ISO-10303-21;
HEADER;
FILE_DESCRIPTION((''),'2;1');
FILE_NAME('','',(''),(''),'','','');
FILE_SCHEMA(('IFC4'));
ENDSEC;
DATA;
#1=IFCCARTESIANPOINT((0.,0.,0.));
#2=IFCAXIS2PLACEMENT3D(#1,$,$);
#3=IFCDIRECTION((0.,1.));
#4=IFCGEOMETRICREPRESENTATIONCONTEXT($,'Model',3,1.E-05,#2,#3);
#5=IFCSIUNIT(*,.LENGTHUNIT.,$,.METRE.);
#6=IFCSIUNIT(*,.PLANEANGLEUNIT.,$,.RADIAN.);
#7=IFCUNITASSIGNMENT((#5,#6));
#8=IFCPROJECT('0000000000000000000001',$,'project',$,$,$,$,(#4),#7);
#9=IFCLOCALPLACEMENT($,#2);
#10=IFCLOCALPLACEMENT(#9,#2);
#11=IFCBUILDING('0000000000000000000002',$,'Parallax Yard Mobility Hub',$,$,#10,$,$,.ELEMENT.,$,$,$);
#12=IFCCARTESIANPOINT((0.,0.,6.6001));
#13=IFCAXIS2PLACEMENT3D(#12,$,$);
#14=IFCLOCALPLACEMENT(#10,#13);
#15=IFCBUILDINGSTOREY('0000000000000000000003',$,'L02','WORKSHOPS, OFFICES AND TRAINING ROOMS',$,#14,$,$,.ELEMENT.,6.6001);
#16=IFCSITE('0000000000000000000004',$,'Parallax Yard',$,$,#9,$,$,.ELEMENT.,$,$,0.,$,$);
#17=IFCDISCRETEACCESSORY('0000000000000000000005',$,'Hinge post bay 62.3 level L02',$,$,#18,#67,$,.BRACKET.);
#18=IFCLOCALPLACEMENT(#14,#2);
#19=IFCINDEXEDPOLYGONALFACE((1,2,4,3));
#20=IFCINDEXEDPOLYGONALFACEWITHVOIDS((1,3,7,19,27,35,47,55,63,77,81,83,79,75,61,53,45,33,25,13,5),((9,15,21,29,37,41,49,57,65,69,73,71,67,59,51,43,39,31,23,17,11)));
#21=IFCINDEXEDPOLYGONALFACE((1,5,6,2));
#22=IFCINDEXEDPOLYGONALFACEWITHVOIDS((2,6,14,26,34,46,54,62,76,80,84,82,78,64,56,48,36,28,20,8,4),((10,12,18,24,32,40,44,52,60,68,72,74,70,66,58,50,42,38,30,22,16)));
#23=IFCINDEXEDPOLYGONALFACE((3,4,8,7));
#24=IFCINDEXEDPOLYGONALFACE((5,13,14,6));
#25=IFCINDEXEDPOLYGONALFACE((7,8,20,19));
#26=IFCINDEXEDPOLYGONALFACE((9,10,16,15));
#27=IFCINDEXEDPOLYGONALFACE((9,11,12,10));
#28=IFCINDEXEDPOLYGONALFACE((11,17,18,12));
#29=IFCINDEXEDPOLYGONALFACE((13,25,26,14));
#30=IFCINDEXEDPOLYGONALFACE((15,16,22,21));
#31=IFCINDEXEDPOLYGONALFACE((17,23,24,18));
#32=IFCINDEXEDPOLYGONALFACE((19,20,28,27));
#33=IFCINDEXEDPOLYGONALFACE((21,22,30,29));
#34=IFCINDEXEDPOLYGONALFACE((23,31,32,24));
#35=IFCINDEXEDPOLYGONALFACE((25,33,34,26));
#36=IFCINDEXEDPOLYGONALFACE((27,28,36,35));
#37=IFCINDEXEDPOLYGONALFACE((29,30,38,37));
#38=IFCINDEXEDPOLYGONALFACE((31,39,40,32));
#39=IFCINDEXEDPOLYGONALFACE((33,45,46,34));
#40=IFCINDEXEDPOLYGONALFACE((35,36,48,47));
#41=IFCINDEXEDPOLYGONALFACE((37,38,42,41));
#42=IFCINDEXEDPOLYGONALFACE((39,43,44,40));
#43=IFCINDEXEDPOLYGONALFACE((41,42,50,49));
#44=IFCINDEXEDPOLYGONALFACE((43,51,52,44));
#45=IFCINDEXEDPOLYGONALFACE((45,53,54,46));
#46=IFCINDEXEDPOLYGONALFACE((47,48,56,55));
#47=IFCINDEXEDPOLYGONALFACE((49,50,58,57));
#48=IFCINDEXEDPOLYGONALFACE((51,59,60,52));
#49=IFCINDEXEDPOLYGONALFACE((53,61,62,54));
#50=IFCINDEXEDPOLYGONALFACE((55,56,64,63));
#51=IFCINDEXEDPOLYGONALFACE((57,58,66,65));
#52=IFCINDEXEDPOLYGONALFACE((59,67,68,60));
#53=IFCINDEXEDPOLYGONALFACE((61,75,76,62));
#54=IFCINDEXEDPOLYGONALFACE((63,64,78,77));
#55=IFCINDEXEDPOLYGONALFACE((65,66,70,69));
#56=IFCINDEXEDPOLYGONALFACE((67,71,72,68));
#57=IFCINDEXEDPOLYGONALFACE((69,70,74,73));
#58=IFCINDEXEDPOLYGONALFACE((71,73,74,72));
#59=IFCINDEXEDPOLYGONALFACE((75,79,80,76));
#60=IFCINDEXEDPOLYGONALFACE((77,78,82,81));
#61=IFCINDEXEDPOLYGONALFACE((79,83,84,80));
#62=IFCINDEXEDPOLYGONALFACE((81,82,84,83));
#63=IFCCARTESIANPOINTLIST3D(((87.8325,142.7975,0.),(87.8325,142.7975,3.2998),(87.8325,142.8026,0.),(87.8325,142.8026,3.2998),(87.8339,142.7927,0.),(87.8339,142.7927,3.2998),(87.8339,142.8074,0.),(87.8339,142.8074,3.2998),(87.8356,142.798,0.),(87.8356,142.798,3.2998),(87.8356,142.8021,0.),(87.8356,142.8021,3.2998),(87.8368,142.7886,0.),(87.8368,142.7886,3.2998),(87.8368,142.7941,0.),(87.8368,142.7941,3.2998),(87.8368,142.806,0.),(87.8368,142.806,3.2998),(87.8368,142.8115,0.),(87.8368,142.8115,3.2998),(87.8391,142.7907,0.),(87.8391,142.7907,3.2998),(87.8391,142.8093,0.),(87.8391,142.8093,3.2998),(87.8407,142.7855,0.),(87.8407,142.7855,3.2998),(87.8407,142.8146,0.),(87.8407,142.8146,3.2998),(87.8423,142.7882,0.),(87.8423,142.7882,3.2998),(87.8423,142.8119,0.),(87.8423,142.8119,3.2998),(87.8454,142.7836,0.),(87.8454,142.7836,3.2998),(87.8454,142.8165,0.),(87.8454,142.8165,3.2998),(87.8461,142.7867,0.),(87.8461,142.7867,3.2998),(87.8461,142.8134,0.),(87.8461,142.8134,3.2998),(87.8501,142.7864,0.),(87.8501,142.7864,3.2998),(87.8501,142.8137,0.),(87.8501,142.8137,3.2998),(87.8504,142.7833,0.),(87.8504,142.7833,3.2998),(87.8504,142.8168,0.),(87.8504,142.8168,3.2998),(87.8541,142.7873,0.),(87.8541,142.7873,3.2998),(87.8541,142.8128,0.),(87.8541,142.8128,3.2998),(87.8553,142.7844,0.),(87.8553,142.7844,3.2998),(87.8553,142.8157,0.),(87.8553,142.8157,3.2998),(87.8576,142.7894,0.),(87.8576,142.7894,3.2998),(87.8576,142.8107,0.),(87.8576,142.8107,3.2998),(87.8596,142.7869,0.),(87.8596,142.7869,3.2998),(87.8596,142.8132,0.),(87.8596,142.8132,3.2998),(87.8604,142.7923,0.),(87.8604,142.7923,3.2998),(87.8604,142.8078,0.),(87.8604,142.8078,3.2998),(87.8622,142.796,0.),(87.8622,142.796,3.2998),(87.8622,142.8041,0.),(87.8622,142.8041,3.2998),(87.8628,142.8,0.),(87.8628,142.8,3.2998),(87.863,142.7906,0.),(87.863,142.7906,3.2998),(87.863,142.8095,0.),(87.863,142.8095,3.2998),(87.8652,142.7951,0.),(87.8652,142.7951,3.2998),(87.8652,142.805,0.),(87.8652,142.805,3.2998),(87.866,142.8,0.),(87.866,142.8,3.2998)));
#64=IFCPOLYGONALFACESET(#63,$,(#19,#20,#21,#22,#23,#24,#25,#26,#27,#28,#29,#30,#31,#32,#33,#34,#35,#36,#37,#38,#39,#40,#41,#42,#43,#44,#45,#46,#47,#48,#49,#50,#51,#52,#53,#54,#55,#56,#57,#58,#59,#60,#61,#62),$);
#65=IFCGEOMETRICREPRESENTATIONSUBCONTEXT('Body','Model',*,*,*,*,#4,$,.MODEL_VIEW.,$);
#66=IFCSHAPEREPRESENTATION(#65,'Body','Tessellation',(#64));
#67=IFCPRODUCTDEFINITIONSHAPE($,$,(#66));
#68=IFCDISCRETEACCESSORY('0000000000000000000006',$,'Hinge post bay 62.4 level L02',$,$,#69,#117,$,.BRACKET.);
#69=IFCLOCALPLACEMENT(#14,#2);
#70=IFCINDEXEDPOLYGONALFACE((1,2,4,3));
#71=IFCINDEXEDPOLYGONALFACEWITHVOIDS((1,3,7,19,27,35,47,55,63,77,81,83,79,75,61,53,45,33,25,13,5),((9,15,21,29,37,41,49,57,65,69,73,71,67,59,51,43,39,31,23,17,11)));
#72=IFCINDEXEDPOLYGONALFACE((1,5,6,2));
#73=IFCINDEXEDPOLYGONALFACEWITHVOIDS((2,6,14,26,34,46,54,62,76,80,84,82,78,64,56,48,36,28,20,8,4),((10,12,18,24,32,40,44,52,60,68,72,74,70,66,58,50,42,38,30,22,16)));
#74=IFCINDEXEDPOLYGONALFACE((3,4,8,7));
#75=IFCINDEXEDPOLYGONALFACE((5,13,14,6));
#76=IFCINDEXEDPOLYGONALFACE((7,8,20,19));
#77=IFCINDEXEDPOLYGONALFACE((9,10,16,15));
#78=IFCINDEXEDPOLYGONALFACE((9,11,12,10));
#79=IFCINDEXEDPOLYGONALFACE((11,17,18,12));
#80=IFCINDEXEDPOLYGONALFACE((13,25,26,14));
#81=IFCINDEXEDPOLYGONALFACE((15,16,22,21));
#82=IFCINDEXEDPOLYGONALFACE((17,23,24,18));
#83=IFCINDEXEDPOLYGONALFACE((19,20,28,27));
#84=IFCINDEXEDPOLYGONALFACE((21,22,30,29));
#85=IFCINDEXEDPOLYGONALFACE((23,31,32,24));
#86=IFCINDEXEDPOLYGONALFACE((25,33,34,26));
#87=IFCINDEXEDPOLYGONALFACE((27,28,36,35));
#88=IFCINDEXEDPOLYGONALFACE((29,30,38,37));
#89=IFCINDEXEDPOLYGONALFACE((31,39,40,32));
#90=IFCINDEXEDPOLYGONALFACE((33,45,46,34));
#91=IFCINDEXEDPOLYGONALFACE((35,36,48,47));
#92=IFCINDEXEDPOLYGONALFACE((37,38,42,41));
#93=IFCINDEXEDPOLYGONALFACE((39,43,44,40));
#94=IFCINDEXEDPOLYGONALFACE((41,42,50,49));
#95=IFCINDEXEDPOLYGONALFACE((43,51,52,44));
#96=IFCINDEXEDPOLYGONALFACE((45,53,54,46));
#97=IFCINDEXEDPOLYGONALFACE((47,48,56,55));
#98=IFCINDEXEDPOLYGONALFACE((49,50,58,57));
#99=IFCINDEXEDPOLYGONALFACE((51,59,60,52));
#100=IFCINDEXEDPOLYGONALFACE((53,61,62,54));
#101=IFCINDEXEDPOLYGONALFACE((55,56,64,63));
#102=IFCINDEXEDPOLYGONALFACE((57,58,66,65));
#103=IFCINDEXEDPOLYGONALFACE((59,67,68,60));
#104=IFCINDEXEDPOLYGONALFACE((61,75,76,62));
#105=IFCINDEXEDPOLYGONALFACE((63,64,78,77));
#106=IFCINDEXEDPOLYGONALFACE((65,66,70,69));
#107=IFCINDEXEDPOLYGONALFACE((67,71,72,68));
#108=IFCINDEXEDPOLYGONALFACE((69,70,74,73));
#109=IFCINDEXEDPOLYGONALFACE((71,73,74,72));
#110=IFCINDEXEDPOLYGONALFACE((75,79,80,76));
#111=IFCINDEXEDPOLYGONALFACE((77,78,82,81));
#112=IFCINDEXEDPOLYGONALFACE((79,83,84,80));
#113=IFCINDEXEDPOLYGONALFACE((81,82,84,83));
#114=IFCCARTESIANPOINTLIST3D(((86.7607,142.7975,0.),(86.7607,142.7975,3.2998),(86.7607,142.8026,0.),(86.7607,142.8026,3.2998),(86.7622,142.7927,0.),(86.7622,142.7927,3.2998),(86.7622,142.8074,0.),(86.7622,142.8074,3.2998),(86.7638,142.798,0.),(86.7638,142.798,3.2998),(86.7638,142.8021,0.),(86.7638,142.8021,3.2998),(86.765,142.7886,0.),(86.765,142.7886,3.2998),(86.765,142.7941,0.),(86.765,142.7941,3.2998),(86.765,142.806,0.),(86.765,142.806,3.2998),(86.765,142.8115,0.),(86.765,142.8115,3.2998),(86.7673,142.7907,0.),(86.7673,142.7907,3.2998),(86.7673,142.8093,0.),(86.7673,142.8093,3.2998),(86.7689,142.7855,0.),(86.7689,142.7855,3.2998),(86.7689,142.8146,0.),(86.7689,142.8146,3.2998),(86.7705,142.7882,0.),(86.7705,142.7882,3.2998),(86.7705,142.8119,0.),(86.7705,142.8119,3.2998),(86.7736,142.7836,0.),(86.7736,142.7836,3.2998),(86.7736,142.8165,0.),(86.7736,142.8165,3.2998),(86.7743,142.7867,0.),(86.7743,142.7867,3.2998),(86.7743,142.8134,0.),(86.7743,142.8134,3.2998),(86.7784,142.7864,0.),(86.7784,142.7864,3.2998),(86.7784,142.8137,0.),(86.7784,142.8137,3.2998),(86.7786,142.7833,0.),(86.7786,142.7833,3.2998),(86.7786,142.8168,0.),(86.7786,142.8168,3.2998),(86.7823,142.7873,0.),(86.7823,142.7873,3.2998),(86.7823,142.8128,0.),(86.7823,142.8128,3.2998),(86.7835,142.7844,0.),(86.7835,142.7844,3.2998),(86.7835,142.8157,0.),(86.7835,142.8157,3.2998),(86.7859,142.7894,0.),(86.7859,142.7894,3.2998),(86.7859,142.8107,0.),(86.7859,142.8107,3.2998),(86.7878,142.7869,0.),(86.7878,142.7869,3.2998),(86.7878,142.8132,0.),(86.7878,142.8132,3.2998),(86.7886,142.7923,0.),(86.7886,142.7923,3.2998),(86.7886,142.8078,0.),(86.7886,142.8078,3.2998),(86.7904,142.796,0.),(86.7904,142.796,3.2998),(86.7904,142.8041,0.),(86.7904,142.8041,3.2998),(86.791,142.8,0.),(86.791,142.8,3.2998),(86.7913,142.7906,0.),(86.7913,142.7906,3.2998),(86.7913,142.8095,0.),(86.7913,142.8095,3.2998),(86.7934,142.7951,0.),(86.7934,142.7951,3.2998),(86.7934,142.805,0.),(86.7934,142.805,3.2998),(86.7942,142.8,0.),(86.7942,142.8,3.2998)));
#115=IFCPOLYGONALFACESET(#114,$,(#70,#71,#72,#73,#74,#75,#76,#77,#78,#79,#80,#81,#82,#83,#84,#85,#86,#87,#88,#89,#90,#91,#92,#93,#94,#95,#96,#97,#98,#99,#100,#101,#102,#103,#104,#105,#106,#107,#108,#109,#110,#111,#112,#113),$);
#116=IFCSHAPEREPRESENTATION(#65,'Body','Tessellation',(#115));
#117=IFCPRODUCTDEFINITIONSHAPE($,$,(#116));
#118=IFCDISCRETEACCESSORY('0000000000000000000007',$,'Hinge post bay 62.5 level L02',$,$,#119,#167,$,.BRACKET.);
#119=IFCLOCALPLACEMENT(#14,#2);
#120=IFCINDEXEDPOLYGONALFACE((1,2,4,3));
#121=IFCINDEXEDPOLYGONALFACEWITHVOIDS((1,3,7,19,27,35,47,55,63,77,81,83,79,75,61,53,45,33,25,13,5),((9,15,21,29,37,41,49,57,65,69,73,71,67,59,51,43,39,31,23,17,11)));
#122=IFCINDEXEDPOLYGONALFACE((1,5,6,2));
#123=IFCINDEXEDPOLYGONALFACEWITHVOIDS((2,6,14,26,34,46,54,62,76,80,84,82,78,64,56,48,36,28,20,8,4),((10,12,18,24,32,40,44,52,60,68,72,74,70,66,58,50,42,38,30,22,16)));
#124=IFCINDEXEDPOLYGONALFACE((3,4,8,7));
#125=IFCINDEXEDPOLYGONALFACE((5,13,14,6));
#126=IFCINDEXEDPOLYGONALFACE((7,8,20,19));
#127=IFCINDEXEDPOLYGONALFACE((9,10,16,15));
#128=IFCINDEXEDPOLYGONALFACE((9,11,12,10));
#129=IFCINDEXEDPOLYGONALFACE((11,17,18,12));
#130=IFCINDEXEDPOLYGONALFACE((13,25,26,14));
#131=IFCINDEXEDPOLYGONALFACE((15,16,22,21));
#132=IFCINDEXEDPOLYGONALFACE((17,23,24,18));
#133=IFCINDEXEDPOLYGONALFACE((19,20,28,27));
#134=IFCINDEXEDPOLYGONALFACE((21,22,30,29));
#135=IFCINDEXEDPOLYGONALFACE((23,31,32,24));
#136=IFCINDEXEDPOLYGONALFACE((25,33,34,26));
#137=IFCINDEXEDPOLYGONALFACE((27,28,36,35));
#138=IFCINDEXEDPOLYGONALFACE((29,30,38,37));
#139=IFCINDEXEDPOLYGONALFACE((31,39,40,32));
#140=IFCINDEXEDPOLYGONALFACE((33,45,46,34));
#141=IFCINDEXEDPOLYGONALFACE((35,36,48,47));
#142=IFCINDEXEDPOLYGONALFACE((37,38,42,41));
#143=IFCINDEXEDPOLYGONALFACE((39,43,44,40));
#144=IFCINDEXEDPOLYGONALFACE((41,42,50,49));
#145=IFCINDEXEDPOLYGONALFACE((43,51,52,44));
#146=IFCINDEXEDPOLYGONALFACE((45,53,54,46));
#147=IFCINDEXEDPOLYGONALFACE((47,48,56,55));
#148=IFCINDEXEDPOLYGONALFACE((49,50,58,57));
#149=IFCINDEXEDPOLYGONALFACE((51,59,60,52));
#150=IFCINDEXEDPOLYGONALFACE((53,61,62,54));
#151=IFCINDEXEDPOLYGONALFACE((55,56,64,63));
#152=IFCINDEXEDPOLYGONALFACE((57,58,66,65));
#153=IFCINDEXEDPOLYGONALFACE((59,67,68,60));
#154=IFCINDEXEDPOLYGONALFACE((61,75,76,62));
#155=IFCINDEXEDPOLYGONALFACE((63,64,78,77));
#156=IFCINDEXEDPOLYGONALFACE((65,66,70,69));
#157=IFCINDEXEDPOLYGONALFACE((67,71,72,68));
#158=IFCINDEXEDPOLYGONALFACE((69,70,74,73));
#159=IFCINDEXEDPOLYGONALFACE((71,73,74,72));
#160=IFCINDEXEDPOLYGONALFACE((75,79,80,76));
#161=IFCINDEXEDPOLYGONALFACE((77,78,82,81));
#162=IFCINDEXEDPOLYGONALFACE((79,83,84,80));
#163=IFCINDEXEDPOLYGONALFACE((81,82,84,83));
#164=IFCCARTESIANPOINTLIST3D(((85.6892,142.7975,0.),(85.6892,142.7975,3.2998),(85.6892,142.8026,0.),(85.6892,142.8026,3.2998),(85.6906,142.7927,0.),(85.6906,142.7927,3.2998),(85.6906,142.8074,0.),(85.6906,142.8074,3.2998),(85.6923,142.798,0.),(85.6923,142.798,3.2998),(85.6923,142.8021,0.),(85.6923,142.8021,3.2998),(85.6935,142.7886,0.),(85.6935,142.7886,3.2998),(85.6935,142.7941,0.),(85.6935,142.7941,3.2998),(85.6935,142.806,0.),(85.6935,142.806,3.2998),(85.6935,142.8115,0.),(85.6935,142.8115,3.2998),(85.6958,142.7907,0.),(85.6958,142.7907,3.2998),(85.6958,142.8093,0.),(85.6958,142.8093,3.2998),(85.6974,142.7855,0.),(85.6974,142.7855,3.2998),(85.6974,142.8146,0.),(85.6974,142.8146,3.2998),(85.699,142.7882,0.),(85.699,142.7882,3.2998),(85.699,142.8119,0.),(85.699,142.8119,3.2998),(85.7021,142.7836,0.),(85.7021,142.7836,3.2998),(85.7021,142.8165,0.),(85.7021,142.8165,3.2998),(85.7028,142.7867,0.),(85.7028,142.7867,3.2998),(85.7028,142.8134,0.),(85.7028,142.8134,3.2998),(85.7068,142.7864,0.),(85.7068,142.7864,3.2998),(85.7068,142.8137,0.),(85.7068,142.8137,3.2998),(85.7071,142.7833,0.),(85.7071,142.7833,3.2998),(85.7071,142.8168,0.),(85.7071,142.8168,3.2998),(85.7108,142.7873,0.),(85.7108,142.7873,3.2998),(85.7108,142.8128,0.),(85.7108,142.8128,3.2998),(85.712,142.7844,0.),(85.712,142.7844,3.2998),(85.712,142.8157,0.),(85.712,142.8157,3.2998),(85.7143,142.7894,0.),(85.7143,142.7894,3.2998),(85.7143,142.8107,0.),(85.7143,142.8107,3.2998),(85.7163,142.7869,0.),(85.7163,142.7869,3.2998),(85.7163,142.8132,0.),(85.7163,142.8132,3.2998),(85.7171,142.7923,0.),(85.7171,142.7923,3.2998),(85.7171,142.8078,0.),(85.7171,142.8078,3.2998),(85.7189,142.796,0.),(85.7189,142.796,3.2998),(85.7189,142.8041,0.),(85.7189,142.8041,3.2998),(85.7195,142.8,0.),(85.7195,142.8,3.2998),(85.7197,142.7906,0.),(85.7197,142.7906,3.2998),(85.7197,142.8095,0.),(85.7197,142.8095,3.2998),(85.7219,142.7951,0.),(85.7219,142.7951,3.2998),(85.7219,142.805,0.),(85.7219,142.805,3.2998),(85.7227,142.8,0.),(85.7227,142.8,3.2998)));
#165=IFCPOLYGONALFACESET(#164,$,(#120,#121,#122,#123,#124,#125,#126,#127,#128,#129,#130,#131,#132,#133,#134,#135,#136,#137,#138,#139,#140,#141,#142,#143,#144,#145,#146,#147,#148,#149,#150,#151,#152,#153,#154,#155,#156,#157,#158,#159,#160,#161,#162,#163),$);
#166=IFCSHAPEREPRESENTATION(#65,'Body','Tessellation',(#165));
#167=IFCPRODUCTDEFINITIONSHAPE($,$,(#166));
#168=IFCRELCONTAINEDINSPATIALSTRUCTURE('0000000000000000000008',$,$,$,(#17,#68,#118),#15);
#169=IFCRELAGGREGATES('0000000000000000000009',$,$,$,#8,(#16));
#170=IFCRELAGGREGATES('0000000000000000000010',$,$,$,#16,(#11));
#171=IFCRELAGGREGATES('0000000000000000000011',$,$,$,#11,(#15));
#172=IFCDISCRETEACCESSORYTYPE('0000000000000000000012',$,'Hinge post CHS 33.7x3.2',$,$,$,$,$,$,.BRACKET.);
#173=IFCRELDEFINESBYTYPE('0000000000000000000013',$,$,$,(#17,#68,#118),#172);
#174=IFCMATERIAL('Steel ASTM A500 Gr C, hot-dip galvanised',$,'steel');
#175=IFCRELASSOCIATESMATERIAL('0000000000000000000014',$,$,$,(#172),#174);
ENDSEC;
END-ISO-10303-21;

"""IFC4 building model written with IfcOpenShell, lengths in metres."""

from ifc_helpers import new_model, si_unit, direction, frame, origin, origin_2d, place, context, subcontext, project, spatial, hollow_circle, extrude, material, material_profile, profile_set, type_object, element, save


model = new_model("IFC4")

# Units and contexts
model_context = context("Model", 3, precision=1e-05, world=origin(), true_north=direction((0.0, 1.0)))
body_context = subcontext(model_context, "Body", "Model", "MODEL_VIEW")
ifc_project = project(units=[si_unit("LENGTHUNIT", "METRE"), si_unit("PLANEANGLEUNIT", "RADIAN")], contexts=[model_context])

# Site, building, storey
site_placement = place(None, origin())
site = spatial("IfcSite", under=ifc_project, at=site_placement, Name="Parallax Yard", CompositionType="ELEMENT", RefElevation=0.0)
building_placement = place(site_placement, origin())
building = spatial("IfcBuilding", under=site, at=building_placement, Name="Parallax Yard Mobility Hub", CompositionType="ELEMENT")
storey_placement = place(building_placement, frame((0.0, 0.0, 6.6001)))
storey = spatial("IfcBuildingStorey", under=building, at=storey_placement, Name="L02", Description="WORKSHOPS, OFFICES AND TRAINING ROOMS", CompositionType="ELEMENT", Elevation=6.6001)

# Discrete accessories
ifc_material_1 = material(Name="Steel ASTM A500 Gr C, hot-dip galvanised", Category="steel")
ifc_material_profile = material_profile(ifc_material_1, hollow_circle(Radius=0.0168, WallThickness=0.0032, at=origin_2d()), Name="CHS 33.7x3.2")
ifc_profile_set = profile_set([ifc_material_profile], Name="Steel ASTM A500 Gr C, hot-dip galvanised")
discrete_accessory_type = type_object("IfcDiscreteAccessoryType", Name="Hinge post CHS 33.7x3.2", PredefinedType="BRACKET", material=ifc_profile_set)
for number, where, z_axis, x_axis, name in (
    (1, (87.8491, 142.8, 0.0), (0.0, 0.0, 1.0), (1.0, 0.0, 0.0), "Hinge post bay 62.3 level L02"),
    (2, (86.7773, 142.8, 0.0), (0.0, 0.0, 1.0), (1.0, 0.0, 0.0), "Hinge post bay 62.4 level L02"),
    (3, (85.7058, 142.8, 0.0), (0.0, 0.0, 1.0), (1.0, 0.0, 0.0), "Hinge post bay 62.5 level L02"),
):
    element("IfcDiscreteAccessory", number, at=place(storey_placement, frame(where, z_axis=z_axis, x_axis=x_axis)), inside=storey, type_object=discrete_accessory_type, Name=name, PredefinedType="BRACKET", context=body_context, shape_type="SweptSolid", body=[
        extrude(hollow_circle(Radius=0.0168, WallThickness=0.0032, at=origin_2d()), origin(), (0.0, 0.0, 1.0), 3.2998),
    ])

save(model, "model.ifc")
